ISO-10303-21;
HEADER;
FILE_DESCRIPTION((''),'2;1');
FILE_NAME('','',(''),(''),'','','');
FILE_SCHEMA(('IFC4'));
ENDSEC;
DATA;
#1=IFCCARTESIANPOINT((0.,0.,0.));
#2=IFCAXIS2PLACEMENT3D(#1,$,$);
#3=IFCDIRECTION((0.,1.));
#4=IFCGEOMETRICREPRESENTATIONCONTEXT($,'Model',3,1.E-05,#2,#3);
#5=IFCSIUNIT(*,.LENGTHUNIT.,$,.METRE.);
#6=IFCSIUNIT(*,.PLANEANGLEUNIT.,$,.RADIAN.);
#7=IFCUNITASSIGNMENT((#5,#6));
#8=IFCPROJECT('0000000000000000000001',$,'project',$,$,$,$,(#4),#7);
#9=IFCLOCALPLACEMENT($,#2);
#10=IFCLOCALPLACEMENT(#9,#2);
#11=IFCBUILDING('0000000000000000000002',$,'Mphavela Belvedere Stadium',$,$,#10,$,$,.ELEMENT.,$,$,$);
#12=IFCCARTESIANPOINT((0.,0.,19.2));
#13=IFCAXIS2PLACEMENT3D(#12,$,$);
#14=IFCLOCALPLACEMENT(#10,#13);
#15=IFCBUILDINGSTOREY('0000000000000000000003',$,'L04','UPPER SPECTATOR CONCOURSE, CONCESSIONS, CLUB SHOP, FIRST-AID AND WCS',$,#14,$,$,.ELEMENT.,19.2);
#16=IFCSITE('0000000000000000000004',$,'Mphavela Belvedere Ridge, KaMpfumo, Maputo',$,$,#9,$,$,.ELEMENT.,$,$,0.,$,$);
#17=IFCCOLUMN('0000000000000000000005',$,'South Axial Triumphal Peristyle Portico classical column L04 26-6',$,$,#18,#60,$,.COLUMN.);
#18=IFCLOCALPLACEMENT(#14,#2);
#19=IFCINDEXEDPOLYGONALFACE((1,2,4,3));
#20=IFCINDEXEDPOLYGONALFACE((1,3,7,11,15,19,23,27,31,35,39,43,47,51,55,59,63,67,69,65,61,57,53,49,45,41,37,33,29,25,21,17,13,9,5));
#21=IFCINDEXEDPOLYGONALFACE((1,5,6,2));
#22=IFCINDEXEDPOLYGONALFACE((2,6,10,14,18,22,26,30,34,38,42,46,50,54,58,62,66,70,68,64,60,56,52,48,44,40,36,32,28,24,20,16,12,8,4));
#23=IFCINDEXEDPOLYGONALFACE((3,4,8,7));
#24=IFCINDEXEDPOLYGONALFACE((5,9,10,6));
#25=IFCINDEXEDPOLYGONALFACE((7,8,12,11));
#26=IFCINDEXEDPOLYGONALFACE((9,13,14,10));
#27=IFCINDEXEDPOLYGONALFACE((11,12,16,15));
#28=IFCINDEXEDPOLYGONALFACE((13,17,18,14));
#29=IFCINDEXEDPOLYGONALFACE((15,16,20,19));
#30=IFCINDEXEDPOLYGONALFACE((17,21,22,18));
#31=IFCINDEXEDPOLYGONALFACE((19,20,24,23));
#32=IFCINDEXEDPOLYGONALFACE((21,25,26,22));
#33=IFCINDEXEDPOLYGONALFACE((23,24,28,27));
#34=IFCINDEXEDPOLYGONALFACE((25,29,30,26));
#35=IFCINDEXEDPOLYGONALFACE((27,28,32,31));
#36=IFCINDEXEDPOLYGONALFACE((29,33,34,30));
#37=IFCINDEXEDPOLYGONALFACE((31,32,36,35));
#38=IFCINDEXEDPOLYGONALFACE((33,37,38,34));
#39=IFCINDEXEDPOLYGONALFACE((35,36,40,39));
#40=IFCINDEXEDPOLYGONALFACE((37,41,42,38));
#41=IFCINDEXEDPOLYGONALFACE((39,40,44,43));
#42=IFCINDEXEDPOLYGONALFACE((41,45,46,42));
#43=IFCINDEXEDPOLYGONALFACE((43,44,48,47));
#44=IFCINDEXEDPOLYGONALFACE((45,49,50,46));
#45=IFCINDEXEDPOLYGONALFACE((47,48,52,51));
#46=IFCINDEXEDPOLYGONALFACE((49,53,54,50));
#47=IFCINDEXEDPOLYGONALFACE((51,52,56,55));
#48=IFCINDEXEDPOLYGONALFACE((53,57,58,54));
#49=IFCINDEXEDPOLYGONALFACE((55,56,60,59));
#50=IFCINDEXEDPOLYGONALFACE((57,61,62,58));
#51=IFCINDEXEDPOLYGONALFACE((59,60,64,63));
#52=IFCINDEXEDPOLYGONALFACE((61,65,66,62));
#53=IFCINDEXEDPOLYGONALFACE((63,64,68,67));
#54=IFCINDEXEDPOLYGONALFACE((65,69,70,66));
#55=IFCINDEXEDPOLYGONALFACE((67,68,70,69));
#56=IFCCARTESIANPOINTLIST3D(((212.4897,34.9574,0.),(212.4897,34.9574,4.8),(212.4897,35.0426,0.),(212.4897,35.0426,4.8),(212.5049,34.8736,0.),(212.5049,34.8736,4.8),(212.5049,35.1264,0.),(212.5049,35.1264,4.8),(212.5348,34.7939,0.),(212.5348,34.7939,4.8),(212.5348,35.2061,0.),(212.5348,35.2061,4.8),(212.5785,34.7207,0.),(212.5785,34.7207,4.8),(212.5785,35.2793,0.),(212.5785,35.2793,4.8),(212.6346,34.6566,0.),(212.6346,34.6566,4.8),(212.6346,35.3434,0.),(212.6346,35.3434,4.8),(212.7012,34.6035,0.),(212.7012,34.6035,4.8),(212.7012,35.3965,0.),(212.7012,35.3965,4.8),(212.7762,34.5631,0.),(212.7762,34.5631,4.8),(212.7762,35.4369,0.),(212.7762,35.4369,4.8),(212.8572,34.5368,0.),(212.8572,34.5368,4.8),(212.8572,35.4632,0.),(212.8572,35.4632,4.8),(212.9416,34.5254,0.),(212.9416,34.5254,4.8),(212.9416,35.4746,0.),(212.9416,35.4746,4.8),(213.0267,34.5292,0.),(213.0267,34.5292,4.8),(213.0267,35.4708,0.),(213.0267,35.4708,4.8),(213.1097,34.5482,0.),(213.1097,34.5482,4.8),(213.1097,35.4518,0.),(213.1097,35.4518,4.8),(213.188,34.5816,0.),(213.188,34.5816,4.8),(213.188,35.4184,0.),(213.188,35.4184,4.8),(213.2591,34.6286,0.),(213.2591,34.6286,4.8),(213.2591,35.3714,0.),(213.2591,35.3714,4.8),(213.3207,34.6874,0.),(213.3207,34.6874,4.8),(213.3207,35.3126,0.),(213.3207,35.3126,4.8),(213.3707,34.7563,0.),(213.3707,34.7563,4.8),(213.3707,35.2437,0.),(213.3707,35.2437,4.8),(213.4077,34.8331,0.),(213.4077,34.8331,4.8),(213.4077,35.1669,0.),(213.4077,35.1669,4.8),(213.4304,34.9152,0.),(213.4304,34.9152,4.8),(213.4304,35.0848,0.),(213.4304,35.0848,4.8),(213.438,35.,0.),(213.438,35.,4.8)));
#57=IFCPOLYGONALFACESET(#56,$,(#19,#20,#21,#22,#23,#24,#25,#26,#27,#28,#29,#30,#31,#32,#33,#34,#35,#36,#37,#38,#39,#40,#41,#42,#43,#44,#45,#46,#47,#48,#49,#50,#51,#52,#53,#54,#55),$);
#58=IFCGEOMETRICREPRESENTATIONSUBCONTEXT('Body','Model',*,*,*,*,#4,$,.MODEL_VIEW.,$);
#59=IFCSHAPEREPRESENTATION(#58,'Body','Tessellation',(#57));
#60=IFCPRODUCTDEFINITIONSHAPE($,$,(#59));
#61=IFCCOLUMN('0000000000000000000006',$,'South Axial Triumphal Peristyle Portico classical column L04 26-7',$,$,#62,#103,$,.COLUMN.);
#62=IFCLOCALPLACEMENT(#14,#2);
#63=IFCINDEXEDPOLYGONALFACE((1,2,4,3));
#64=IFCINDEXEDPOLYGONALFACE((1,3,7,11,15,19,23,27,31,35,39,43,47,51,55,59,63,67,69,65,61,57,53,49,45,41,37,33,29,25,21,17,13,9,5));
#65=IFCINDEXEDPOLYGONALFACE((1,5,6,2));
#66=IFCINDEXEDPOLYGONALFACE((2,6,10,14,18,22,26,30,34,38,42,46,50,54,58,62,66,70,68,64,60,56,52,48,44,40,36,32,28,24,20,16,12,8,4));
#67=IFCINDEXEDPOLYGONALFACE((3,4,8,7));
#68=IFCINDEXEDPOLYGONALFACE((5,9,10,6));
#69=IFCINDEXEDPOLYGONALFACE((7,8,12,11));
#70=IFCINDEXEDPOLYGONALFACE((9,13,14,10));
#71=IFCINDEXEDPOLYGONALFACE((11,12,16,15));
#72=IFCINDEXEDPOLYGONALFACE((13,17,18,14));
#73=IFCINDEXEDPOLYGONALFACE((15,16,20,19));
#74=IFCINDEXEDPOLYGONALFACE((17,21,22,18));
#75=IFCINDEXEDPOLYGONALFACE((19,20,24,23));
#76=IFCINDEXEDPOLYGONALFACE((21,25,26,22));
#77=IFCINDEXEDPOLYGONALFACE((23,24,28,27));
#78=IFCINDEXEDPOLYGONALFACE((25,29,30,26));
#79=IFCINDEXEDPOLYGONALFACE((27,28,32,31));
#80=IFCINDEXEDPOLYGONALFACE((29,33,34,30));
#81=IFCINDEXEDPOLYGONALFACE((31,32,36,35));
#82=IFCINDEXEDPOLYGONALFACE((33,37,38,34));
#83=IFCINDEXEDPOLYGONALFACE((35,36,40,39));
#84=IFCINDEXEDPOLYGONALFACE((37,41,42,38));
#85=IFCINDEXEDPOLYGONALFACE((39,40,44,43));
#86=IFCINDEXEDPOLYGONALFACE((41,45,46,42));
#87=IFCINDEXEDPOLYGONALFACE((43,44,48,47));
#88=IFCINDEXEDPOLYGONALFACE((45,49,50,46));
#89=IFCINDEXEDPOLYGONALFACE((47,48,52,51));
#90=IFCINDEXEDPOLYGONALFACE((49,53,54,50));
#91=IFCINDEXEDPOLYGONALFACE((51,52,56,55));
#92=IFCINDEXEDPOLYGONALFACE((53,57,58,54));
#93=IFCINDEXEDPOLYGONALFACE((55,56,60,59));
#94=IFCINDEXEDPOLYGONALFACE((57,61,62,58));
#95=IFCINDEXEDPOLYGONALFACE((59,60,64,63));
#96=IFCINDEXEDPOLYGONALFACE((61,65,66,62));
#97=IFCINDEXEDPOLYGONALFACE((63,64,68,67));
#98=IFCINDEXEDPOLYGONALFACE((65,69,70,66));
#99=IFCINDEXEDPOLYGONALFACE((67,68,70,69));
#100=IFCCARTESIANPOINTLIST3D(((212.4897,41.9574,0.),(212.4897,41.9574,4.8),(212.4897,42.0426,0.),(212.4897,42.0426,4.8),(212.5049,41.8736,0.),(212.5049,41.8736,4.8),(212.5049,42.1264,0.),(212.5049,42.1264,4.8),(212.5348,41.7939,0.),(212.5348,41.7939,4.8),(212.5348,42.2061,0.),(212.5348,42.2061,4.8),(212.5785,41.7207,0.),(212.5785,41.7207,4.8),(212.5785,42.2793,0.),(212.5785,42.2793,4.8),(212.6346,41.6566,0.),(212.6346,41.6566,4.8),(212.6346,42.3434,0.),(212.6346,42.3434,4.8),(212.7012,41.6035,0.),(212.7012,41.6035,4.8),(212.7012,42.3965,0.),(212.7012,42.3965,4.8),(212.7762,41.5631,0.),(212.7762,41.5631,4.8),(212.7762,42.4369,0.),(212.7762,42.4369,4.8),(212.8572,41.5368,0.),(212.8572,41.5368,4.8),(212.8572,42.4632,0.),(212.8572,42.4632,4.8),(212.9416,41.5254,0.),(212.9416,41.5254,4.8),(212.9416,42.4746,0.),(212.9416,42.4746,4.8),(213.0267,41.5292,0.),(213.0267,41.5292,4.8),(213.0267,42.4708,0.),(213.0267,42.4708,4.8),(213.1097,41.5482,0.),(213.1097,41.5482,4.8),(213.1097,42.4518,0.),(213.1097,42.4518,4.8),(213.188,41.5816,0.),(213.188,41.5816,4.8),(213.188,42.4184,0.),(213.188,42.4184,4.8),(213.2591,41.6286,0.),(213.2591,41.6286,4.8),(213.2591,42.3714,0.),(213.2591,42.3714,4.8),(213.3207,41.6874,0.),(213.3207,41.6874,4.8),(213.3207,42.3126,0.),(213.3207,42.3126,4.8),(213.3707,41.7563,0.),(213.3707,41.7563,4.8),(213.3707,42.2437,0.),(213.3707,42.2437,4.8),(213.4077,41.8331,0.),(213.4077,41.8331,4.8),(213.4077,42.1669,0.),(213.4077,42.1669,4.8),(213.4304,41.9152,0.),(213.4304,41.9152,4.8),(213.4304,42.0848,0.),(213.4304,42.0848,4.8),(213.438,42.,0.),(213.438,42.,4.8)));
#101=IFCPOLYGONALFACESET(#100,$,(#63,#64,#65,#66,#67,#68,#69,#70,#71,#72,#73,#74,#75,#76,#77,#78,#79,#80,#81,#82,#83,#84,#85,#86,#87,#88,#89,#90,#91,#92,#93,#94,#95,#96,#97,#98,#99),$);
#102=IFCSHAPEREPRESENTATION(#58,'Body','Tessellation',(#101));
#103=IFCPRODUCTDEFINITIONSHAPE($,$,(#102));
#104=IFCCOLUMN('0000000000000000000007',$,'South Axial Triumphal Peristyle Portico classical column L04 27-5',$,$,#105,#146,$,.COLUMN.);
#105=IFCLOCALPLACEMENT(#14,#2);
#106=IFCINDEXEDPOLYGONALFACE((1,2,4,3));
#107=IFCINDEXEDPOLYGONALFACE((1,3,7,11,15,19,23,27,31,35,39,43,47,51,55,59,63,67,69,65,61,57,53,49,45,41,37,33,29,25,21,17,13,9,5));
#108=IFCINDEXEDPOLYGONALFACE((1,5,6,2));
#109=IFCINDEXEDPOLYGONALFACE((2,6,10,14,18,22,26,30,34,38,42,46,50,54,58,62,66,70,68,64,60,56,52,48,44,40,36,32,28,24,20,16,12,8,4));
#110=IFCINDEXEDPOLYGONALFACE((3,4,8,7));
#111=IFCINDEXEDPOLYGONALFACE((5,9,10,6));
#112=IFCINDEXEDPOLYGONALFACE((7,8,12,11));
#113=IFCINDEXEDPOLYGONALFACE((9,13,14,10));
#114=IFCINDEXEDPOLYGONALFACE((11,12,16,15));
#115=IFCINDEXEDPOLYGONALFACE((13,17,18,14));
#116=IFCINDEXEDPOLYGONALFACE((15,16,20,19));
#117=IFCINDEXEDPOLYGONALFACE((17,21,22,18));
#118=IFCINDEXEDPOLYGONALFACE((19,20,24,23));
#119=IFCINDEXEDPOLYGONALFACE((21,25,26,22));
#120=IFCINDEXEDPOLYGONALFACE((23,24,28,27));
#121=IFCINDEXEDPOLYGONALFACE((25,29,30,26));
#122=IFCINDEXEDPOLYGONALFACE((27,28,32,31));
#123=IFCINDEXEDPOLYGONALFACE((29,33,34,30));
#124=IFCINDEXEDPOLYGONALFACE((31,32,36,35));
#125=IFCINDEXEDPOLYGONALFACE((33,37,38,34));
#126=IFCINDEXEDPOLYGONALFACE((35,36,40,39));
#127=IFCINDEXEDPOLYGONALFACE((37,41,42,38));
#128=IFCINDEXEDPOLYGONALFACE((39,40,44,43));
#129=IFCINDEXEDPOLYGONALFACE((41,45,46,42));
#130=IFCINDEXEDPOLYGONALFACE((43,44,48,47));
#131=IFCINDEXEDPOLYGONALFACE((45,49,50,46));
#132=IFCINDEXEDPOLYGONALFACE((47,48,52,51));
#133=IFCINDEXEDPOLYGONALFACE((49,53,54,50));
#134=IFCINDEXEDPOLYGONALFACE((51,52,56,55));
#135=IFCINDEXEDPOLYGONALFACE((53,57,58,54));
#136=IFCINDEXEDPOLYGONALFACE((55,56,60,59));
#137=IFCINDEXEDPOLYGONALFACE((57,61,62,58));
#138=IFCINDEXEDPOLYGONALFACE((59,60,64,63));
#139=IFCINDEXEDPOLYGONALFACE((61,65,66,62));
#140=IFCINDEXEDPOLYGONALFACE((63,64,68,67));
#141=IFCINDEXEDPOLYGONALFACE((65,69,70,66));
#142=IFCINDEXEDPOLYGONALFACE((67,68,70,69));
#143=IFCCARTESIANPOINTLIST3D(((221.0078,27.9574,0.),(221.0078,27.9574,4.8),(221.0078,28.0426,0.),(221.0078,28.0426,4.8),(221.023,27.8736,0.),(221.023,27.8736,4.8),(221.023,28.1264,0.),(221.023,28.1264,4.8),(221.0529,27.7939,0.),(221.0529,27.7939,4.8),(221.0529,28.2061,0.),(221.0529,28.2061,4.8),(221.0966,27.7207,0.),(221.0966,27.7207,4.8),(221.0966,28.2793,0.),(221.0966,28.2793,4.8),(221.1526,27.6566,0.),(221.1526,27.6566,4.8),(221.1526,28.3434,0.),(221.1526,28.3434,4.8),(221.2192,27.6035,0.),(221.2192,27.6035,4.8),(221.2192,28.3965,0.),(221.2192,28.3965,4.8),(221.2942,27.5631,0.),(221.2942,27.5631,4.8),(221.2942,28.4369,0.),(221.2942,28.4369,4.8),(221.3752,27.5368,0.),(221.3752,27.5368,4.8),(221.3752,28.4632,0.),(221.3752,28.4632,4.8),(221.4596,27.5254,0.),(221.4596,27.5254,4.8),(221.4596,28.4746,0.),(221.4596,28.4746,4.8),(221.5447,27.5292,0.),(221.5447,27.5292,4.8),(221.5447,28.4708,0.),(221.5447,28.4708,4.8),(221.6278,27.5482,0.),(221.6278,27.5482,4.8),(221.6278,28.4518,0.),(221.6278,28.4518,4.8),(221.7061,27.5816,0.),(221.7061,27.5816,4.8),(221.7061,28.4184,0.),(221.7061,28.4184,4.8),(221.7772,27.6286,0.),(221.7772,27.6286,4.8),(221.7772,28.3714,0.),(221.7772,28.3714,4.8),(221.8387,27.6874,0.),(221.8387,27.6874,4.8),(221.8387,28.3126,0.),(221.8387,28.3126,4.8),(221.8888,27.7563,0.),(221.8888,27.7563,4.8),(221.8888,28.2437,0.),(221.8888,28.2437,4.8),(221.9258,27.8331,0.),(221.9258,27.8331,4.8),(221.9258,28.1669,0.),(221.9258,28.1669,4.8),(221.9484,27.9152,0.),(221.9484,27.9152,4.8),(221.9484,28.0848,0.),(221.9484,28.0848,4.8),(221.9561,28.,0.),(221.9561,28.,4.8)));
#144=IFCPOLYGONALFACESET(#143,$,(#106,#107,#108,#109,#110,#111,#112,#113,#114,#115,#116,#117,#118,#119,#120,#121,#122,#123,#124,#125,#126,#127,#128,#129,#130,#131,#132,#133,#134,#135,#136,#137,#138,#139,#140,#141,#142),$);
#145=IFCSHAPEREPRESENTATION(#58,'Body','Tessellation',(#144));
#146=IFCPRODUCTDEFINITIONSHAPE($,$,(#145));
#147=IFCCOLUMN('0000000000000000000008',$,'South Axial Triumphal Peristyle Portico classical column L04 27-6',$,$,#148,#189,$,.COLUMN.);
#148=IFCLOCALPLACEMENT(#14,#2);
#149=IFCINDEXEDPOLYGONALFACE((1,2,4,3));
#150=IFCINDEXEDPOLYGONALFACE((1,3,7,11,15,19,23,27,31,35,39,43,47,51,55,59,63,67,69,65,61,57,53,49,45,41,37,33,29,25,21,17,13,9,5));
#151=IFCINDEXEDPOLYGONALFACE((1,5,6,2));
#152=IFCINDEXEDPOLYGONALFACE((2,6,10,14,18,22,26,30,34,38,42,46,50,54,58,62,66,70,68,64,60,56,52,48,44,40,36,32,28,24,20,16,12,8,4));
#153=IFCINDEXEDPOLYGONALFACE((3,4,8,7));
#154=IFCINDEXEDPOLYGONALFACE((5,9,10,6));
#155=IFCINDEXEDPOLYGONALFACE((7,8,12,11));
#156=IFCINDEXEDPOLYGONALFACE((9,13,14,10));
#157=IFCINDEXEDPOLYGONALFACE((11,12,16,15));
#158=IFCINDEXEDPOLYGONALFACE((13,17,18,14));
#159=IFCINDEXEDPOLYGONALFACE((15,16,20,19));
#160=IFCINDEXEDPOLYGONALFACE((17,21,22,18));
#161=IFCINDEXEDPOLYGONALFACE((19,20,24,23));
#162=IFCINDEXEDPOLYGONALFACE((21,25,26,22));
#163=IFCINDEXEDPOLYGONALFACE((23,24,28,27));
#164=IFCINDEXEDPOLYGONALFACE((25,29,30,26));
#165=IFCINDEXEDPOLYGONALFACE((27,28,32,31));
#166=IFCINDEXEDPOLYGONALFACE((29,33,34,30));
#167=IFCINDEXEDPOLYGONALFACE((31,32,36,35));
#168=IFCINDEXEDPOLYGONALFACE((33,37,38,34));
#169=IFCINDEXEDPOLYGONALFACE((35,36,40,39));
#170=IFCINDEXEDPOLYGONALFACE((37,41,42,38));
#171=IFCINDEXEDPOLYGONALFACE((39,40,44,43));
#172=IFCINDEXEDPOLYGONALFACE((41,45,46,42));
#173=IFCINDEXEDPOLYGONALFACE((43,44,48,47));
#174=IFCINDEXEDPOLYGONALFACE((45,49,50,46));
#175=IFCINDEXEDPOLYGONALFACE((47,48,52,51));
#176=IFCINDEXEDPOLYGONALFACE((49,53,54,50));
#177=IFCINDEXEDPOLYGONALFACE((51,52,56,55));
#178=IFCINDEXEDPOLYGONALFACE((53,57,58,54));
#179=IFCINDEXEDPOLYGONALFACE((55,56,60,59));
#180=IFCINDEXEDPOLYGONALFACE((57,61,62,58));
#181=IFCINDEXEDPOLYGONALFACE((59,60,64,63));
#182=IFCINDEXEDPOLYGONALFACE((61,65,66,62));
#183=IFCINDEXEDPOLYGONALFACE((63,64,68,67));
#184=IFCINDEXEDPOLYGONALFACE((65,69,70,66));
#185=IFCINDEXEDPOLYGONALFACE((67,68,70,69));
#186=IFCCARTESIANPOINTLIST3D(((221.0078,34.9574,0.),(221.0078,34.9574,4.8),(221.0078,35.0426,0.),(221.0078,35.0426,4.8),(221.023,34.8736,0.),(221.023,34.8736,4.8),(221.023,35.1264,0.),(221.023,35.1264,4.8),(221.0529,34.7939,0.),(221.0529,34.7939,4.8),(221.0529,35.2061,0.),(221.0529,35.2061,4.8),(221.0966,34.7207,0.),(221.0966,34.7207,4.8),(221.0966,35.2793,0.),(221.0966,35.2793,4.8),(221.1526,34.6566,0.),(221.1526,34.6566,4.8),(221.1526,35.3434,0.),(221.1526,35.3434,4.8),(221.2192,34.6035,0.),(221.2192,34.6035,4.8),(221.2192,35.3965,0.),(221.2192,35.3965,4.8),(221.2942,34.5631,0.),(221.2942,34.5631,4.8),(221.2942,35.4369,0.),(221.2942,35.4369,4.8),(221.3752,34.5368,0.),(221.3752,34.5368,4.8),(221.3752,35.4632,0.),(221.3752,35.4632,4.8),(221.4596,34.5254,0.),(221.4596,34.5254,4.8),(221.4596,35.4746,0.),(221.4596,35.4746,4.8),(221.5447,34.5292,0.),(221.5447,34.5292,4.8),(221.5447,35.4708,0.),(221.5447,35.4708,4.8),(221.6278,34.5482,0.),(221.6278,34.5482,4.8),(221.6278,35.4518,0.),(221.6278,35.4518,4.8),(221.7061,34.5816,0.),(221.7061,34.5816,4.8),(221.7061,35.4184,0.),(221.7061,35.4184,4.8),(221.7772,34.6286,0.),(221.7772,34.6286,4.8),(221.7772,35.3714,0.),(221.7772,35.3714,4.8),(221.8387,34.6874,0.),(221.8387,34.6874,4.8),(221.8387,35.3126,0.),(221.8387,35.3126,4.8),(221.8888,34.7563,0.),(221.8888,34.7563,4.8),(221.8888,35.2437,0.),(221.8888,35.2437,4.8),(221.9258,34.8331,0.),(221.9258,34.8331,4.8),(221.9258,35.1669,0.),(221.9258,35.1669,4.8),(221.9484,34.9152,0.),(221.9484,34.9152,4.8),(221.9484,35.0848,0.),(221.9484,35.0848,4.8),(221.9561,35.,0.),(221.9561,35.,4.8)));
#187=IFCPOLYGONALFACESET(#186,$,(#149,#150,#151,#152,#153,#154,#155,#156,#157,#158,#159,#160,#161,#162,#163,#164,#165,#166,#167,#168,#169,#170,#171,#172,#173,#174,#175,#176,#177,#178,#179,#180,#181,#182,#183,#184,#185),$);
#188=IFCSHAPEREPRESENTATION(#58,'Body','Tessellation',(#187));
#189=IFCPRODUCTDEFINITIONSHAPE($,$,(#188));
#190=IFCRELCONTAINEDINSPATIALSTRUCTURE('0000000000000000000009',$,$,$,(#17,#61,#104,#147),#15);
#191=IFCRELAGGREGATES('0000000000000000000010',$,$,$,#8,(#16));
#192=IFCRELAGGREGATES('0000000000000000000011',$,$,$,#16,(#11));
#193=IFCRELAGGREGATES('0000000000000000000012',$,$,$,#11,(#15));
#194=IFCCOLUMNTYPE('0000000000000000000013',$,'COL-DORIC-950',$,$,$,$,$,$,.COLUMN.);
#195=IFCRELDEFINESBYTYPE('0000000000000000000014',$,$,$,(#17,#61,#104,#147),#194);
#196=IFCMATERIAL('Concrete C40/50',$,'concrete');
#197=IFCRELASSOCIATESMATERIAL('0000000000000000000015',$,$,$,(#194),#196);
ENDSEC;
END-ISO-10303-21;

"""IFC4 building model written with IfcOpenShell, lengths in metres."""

from ifc_helpers import new_model, si_unit, direction, frame, origin, origin_2d, place, context, subcontext, project, spatial, circle, extrude, material, material_profile, profile_set, type_object, element, save


model = new_model("IFC4")

# Units and contexts
model_context = context("Model", 3, precision=1e-05, world=origin(), true_north=direction((0.0, 1.0)))
body_context = subcontext(model_context, "Body", "Model", "MODEL_VIEW")
ifc_project = project(units=[si_unit("LENGTHUNIT", "METRE"), si_unit("PLANEANGLEUNIT", "RADIAN")], contexts=[model_context])

# Site, building, storey
site_placement = place(None, origin())
site = spatial("IfcSite", under=ifc_project, at=site_placement, Name="Mphavela Belvedere Ridge, KaMpfumo, Maputo", CompositionType="ELEMENT", RefElevation=0.0)
building_placement = place(site_placement, origin())
building = spatial("IfcBuilding", under=site, at=building_placement, Name="Mphavela Belvedere Stadium", CompositionType="ELEMENT")
storey_placement = place(building_placement, frame((0.0, 0.0, 19.2)))
storey = spatial("IfcBuildingStorey", under=building, at=storey_placement, Name="L04", Description="UPPER SPECTATOR CONCOURSE, CONCESSIONS, CLUB SHOP, FIRST-AID AND WCS", CompositionType="ELEMENT", Elevation=19.2)

# Columns
ifc_material_1 = material(Name="Concrete C40/50", Category="concrete")
ifc_material_profile_1 = material_profile(ifc_material_1, circle(Radius=0.4751, at=origin_2d()), Name="COL D950")
ifc_profile_set_1 = profile_set([ifc_material_profile_1], Name="Concrete C40/50")
column_type = type_object("IfcColumnType", Name="COL-DORIC-950", PredefinedType="COLUMN", material=ifc_profile_set_1)
for number, where, z_axis, x_axis, name in (
    (1, (212.9629, 35.0, 0.0), (0.0, 0.0, 1.0), (1.0, 0.0, 0.0), "South Axial Triumphal Peristyle Portico classical column L04 26-6"),
    (2, (212.9629, 42.0, 0.0), (0.0, 0.0, 1.0), (1.0, 0.0, 0.0), "South Axial Triumphal Peristyle Portico classical column L04 26-7"),
    (3, (221.481, 28.0, 0.0), (0.0, 0.0, 1.0), (1.0, 0.0, 0.0), "South Axial Triumphal Peristyle Portico classical column L04 27-5"),
    (4, (221.481, 35.0, 0.0), (0.0, 0.0, 1.0), (1.0, 0.0, 0.0), "South Axial Triumphal Peristyle Portico classical column L04 27-6"),
):
    element("IfcColumn", number, at=place(storey_placement, frame(where, z_axis=z_axis, x_axis=x_axis)), inside=storey, type_object=column_type, Name=name, PredefinedType="COLUMN", context=body_context, shape_type="SweptSolid", body=[
        extrude(circle(Radius=0.4751, at=origin_2d()), origin(), (0.0, 0.0, 1.0), 4.8),
    ])

save(model, "model.ifc")
